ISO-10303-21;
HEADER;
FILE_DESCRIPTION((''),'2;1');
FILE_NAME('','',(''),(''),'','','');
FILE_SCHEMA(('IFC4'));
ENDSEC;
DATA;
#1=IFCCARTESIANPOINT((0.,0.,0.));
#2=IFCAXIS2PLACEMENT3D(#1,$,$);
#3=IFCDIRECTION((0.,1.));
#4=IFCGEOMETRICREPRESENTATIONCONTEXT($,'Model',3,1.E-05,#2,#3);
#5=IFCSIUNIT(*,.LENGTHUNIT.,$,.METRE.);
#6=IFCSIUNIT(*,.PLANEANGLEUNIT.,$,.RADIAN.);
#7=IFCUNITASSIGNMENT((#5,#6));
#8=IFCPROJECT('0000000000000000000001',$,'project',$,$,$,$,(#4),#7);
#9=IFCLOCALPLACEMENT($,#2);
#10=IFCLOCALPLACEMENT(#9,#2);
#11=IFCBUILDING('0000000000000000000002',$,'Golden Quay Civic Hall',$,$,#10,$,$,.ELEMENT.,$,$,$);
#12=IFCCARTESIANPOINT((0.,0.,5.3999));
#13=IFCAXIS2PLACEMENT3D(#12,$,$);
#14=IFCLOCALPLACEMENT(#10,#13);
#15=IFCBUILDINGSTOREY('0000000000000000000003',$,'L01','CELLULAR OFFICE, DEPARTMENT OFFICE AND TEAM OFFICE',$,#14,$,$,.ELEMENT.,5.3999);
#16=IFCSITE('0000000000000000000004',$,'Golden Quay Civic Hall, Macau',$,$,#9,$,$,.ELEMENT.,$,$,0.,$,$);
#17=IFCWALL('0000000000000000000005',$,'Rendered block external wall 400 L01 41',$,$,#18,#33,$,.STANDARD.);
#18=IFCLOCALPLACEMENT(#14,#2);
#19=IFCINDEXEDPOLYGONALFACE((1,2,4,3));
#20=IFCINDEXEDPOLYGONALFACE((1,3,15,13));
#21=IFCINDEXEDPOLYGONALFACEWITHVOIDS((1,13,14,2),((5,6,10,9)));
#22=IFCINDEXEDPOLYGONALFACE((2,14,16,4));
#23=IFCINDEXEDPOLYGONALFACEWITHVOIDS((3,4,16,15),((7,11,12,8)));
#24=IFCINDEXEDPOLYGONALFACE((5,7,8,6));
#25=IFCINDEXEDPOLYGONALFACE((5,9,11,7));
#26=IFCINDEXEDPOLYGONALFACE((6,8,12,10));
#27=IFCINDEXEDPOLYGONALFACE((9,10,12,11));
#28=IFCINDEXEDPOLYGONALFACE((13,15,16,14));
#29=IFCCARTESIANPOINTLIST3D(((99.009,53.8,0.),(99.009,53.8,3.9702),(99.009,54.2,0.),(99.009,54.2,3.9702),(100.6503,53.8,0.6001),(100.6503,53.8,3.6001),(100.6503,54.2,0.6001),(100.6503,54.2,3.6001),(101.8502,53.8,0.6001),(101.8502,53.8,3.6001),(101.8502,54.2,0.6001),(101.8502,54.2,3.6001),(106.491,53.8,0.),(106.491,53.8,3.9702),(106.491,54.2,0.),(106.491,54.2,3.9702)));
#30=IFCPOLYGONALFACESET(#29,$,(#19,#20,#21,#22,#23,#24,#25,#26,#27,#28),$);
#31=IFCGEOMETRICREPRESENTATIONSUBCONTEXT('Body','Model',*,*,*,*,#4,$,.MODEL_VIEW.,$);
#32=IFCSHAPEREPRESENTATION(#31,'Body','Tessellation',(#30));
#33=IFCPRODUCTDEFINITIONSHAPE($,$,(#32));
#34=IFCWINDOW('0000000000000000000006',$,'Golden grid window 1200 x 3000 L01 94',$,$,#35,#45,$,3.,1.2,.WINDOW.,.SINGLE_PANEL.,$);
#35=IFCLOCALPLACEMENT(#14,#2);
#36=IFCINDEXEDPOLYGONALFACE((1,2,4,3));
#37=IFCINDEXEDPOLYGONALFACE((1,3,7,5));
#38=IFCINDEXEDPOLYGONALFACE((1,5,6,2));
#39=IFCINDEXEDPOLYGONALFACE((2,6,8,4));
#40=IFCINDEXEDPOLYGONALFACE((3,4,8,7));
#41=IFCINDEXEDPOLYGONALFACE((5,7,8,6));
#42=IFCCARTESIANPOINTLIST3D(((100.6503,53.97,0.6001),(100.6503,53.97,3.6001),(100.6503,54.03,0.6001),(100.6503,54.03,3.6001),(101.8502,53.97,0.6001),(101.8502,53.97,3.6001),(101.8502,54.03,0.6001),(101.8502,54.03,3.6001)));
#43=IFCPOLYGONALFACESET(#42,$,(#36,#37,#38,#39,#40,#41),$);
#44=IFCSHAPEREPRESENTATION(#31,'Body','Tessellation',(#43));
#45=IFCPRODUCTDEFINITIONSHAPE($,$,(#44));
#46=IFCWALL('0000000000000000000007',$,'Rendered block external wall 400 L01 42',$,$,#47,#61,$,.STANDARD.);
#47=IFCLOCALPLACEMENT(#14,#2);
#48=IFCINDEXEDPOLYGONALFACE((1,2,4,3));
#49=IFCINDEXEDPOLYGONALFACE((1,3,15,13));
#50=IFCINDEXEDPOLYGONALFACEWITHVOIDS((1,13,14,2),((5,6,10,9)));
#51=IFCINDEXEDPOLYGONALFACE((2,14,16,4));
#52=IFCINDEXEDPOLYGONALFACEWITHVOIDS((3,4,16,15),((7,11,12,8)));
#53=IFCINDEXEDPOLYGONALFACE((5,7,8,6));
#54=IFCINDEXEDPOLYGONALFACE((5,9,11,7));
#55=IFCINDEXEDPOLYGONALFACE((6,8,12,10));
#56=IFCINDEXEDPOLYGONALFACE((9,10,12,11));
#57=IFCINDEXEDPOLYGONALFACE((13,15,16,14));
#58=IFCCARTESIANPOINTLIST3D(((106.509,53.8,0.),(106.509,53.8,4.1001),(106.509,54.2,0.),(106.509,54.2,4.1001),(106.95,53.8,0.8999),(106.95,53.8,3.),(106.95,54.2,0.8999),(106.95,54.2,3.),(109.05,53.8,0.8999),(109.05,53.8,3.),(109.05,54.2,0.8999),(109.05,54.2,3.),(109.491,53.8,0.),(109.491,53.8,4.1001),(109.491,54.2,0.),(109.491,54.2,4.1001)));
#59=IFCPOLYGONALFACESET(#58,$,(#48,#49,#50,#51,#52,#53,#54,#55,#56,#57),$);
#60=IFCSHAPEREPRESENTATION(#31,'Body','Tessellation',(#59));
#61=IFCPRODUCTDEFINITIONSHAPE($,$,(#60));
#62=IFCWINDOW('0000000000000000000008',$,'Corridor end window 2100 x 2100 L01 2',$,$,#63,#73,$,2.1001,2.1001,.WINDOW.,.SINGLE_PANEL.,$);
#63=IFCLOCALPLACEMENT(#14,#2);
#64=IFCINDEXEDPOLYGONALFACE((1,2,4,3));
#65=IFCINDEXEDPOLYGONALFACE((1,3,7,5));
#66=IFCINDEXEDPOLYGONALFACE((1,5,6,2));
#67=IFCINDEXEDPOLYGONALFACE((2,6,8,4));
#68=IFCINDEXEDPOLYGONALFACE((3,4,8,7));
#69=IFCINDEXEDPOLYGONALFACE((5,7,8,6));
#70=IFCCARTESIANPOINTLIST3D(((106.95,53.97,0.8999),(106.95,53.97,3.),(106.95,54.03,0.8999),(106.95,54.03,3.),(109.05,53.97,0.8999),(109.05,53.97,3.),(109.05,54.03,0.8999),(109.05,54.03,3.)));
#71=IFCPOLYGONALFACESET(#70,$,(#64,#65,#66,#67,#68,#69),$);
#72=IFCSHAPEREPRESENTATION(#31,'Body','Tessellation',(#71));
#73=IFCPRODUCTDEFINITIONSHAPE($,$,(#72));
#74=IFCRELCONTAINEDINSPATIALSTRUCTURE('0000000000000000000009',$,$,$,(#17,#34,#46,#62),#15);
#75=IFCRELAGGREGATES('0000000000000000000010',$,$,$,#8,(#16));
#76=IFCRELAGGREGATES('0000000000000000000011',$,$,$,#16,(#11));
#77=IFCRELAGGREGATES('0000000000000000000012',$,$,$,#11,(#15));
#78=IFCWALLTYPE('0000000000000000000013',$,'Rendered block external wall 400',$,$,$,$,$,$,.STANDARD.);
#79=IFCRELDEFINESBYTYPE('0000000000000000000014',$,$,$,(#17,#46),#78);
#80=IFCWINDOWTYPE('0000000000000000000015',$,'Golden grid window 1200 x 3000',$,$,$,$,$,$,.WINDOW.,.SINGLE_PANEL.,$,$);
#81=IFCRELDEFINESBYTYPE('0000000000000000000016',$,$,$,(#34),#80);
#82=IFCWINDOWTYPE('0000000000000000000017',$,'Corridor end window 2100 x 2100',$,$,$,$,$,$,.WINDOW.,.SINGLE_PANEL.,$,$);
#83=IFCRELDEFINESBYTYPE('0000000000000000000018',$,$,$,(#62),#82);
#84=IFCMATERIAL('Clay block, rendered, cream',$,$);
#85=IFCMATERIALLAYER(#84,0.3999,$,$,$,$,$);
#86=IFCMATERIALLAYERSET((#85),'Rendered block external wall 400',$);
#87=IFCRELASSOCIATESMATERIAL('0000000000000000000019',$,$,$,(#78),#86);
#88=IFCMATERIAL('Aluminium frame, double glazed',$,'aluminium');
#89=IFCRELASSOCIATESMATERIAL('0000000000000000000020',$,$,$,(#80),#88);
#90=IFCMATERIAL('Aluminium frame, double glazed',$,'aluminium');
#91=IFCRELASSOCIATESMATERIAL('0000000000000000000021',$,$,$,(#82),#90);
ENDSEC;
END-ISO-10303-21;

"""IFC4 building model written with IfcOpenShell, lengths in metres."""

from ifc_helpers import new_model, si_unit, direction, frame, frame_2d, origin, place, context, subcontext, project, spatial, rectangle, extrude, material, layer, layer_set, type_object, element, fill, save


model = new_model("IFC4")

# Units and contexts
model_context = context("Model", 3, precision=1e-05, world=origin(), true_north=direction((0.0, 1.0)))
body_context = subcontext(model_context, "Body", "Model", "MODEL_VIEW")
ifc_project = project(units=[si_unit("LENGTHUNIT", "METRE"), si_unit("PLANEANGLEUNIT", "RADIAN")], contexts=[model_context])

# Site, building, storey
site_placement = place(None, origin())
site = spatial("IfcSite", under=ifc_project, at=site_placement, Name="Golden Quay Civic Hall, Macau", CompositionType="ELEMENT", RefElevation=0.0)
building_placement = place(site_placement, origin())
building = spatial("IfcBuilding", under=site, at=building_placement, Name="Golden Quay Civic Hall", CompositionType="ELEMENT")
storey_placement = place(building_placement, frame((0.0, 0.0, 5.3999)))
storey = spatial("IfcBuildingStorey", under=building, at=storey_placement, Name="L01", Description="CELLULAR OFFICE, DEPARTMENT OFFICE AND TEAM OFFICE", CompositionType="ELEMENT", Elevation=5.3999)

# Walls, openings, windows
ifc_material_1 = material(Name="Clay block, rendered, cream")
ifc_layer_1 = layer(ifc_material_1, 0.3999)
ifc_layer_set_1 = layer_set([ifc_layer_1], Name="Rendered block external wall 400")
wall_type_1 = type_object("IfcWallType", Name="Rendered block external wall 400", PredefinedType="STANDARD", material=ifc_layer_set_1)
wall_1_placement = place(storey_placement, frame((99.009, 54.0, 0.0), z_axis=(0.0, 0.0, 1.0), x_axis=(1.0, 0.0, 0.0)))
wall_1 = element("IfcWall", 1, at=wall_1_placement, inside=storey, type_object=wall_type_1, Name="Rendered block external wall 400 L01 41", PredefinedType="STANDARD", context=body_context, shape_type="SweptSolid", body=[
    extrude(rectangle(XDim=7.4819, YDim=0.3999, at=frame_2d((3.741, 0.0))), origin(), (0.0, 0.0, 1.0), 3.9702),
])
opening_1_placement = place(wall_1_placement, frame((1.6411, 0.0, 0.6001)))
opening_1 = element("IfcOpeningElement", 2, at=opening_1_placement, cuts=wall_1, PredefinedType="OPENING", context=body_context, shape_type="SweptSolid", body=[
    extrude(rectangle(XDim=1.2, YDim=3.0, at=frame_2d((0.6001, 1.5))), frame((0.0, 0.21, 0.0), z_axis=(0.0, -1.0, 0.0), x_axis=(1.0, 0.0, 0.0)), (0.0, 0.0, 1.0), 0.4199),
])
ifc_material_2 = material(Name="Aluminium frame, double glazed", Category="aluminium")
window_type_1 = type_object("IfcWindowType", Name="Golden grid window 1200 x 3000", PartitioningType="SINGLE_PANEL", PredefinedType="WINDOW", material=ifc_material_2)
window_1_placement = place(opening_1_placement, origin())
window_1 = element("IfcWindow", 3, at=window_1_placement, inside=storey, type_object=window_type_1, Name="Golden grid window 1200 x 3000 L01 94", OverallHeight=3.0, OverallWidth=1.2, PartitioningType="SINGLE_PANEL", PredefinedType="WINDOW", context=body_context, shape_type="SweptSolid", body=[
    extrude(rectangle(XDim=1.2, YDim=3.0, at=frame_2d((0.6001, 1.5))), frame((0.0, 0.03, 0.0), z_axis=(0.0, -1.0, 0.0), x_axis=(1.0, 0.0, 0.0)), (0.0, 0.0, 1.0), 0.0601),
])
fill(opening_1, window_1)
wall_2_placement = place(storey_placement, frame((106.509, 54.0, 0.0), z_axis=(0.0, 0.0, 1.0), x_axis=(1.0, 0.0, 0.0)))
wall_2 = element("IfcWall", 4, at=wall_2_placement, inside=storey, type_object=wall_type_1, Name="Rendered block external wall 400 L01 42", PredefinedType="STANDARD", context=body_context, shape_type="SweptSolid", body=[
    extrude(rectangle(XDim=2.9819, YDim=0.3999, at=frame_2d((1.491, 0.0))), origin(), (0.0, 0.0, 1.0), 4.1001),
])
opening_2_placement = place(wall_2_placement, frame((0.4409, 0.0, 0.8999)))
opening_2 = element("IfcOpeningElement", 5, at=opening_2_placement, cuts=wall_2, PredefinedType="OPENING", context=body_context, shape_type="SweptSolid", body=[
    extrude(rectangle(XDim=2.1001, YDim=2.1001, at=frame_2d((1.05, 1.05))), frame((0.0, 0.21, 0.0), z_axis=(0.0, -1.0, 0.0), x_axis=(1.0, 0.0, 0.0)), (0.0, 0.0, 1.0), 0.4199),
])
ifc_material_3 = material(Name="Aluminium frame, double glazed", Category="aluminium")
window_type_2 = type_object("IfcWindowType", Name="Corridor end window 2100 x 2100", PartitioningType="SINGLE_PANEL", PredefinedType="WINDOW", material=ifc_material_3)
window_2_placement = place(opening_2_placement, origin())
window_2 = element("IfcWindow", 6, at=window_2_placement, inside=storey, type_object=window_type_2, Name="Corridor end window 2100 x 2100 L01 2", OverallHeight=2.1001, OverallWidth=2.1001, PartitioningType="SINGLE_PANEL", PredefinedType="WINDOW", context=body_context, shape_type="SweptSolid", body=[
    extrude(rectangle(XDim=2.1001, YDim=2.1001, at=frame_2d((1.05, 1.05))), frame((0.0, 0.03, 0.0), z_axis=(0.0, -1.0, 0.0), x_axis=(1.0, 0.0, 0.0)), (0.0, 0.0, 1.0), 0.0601),
])
fill(opening_2, window_2)

save(model, "model.ifc")
